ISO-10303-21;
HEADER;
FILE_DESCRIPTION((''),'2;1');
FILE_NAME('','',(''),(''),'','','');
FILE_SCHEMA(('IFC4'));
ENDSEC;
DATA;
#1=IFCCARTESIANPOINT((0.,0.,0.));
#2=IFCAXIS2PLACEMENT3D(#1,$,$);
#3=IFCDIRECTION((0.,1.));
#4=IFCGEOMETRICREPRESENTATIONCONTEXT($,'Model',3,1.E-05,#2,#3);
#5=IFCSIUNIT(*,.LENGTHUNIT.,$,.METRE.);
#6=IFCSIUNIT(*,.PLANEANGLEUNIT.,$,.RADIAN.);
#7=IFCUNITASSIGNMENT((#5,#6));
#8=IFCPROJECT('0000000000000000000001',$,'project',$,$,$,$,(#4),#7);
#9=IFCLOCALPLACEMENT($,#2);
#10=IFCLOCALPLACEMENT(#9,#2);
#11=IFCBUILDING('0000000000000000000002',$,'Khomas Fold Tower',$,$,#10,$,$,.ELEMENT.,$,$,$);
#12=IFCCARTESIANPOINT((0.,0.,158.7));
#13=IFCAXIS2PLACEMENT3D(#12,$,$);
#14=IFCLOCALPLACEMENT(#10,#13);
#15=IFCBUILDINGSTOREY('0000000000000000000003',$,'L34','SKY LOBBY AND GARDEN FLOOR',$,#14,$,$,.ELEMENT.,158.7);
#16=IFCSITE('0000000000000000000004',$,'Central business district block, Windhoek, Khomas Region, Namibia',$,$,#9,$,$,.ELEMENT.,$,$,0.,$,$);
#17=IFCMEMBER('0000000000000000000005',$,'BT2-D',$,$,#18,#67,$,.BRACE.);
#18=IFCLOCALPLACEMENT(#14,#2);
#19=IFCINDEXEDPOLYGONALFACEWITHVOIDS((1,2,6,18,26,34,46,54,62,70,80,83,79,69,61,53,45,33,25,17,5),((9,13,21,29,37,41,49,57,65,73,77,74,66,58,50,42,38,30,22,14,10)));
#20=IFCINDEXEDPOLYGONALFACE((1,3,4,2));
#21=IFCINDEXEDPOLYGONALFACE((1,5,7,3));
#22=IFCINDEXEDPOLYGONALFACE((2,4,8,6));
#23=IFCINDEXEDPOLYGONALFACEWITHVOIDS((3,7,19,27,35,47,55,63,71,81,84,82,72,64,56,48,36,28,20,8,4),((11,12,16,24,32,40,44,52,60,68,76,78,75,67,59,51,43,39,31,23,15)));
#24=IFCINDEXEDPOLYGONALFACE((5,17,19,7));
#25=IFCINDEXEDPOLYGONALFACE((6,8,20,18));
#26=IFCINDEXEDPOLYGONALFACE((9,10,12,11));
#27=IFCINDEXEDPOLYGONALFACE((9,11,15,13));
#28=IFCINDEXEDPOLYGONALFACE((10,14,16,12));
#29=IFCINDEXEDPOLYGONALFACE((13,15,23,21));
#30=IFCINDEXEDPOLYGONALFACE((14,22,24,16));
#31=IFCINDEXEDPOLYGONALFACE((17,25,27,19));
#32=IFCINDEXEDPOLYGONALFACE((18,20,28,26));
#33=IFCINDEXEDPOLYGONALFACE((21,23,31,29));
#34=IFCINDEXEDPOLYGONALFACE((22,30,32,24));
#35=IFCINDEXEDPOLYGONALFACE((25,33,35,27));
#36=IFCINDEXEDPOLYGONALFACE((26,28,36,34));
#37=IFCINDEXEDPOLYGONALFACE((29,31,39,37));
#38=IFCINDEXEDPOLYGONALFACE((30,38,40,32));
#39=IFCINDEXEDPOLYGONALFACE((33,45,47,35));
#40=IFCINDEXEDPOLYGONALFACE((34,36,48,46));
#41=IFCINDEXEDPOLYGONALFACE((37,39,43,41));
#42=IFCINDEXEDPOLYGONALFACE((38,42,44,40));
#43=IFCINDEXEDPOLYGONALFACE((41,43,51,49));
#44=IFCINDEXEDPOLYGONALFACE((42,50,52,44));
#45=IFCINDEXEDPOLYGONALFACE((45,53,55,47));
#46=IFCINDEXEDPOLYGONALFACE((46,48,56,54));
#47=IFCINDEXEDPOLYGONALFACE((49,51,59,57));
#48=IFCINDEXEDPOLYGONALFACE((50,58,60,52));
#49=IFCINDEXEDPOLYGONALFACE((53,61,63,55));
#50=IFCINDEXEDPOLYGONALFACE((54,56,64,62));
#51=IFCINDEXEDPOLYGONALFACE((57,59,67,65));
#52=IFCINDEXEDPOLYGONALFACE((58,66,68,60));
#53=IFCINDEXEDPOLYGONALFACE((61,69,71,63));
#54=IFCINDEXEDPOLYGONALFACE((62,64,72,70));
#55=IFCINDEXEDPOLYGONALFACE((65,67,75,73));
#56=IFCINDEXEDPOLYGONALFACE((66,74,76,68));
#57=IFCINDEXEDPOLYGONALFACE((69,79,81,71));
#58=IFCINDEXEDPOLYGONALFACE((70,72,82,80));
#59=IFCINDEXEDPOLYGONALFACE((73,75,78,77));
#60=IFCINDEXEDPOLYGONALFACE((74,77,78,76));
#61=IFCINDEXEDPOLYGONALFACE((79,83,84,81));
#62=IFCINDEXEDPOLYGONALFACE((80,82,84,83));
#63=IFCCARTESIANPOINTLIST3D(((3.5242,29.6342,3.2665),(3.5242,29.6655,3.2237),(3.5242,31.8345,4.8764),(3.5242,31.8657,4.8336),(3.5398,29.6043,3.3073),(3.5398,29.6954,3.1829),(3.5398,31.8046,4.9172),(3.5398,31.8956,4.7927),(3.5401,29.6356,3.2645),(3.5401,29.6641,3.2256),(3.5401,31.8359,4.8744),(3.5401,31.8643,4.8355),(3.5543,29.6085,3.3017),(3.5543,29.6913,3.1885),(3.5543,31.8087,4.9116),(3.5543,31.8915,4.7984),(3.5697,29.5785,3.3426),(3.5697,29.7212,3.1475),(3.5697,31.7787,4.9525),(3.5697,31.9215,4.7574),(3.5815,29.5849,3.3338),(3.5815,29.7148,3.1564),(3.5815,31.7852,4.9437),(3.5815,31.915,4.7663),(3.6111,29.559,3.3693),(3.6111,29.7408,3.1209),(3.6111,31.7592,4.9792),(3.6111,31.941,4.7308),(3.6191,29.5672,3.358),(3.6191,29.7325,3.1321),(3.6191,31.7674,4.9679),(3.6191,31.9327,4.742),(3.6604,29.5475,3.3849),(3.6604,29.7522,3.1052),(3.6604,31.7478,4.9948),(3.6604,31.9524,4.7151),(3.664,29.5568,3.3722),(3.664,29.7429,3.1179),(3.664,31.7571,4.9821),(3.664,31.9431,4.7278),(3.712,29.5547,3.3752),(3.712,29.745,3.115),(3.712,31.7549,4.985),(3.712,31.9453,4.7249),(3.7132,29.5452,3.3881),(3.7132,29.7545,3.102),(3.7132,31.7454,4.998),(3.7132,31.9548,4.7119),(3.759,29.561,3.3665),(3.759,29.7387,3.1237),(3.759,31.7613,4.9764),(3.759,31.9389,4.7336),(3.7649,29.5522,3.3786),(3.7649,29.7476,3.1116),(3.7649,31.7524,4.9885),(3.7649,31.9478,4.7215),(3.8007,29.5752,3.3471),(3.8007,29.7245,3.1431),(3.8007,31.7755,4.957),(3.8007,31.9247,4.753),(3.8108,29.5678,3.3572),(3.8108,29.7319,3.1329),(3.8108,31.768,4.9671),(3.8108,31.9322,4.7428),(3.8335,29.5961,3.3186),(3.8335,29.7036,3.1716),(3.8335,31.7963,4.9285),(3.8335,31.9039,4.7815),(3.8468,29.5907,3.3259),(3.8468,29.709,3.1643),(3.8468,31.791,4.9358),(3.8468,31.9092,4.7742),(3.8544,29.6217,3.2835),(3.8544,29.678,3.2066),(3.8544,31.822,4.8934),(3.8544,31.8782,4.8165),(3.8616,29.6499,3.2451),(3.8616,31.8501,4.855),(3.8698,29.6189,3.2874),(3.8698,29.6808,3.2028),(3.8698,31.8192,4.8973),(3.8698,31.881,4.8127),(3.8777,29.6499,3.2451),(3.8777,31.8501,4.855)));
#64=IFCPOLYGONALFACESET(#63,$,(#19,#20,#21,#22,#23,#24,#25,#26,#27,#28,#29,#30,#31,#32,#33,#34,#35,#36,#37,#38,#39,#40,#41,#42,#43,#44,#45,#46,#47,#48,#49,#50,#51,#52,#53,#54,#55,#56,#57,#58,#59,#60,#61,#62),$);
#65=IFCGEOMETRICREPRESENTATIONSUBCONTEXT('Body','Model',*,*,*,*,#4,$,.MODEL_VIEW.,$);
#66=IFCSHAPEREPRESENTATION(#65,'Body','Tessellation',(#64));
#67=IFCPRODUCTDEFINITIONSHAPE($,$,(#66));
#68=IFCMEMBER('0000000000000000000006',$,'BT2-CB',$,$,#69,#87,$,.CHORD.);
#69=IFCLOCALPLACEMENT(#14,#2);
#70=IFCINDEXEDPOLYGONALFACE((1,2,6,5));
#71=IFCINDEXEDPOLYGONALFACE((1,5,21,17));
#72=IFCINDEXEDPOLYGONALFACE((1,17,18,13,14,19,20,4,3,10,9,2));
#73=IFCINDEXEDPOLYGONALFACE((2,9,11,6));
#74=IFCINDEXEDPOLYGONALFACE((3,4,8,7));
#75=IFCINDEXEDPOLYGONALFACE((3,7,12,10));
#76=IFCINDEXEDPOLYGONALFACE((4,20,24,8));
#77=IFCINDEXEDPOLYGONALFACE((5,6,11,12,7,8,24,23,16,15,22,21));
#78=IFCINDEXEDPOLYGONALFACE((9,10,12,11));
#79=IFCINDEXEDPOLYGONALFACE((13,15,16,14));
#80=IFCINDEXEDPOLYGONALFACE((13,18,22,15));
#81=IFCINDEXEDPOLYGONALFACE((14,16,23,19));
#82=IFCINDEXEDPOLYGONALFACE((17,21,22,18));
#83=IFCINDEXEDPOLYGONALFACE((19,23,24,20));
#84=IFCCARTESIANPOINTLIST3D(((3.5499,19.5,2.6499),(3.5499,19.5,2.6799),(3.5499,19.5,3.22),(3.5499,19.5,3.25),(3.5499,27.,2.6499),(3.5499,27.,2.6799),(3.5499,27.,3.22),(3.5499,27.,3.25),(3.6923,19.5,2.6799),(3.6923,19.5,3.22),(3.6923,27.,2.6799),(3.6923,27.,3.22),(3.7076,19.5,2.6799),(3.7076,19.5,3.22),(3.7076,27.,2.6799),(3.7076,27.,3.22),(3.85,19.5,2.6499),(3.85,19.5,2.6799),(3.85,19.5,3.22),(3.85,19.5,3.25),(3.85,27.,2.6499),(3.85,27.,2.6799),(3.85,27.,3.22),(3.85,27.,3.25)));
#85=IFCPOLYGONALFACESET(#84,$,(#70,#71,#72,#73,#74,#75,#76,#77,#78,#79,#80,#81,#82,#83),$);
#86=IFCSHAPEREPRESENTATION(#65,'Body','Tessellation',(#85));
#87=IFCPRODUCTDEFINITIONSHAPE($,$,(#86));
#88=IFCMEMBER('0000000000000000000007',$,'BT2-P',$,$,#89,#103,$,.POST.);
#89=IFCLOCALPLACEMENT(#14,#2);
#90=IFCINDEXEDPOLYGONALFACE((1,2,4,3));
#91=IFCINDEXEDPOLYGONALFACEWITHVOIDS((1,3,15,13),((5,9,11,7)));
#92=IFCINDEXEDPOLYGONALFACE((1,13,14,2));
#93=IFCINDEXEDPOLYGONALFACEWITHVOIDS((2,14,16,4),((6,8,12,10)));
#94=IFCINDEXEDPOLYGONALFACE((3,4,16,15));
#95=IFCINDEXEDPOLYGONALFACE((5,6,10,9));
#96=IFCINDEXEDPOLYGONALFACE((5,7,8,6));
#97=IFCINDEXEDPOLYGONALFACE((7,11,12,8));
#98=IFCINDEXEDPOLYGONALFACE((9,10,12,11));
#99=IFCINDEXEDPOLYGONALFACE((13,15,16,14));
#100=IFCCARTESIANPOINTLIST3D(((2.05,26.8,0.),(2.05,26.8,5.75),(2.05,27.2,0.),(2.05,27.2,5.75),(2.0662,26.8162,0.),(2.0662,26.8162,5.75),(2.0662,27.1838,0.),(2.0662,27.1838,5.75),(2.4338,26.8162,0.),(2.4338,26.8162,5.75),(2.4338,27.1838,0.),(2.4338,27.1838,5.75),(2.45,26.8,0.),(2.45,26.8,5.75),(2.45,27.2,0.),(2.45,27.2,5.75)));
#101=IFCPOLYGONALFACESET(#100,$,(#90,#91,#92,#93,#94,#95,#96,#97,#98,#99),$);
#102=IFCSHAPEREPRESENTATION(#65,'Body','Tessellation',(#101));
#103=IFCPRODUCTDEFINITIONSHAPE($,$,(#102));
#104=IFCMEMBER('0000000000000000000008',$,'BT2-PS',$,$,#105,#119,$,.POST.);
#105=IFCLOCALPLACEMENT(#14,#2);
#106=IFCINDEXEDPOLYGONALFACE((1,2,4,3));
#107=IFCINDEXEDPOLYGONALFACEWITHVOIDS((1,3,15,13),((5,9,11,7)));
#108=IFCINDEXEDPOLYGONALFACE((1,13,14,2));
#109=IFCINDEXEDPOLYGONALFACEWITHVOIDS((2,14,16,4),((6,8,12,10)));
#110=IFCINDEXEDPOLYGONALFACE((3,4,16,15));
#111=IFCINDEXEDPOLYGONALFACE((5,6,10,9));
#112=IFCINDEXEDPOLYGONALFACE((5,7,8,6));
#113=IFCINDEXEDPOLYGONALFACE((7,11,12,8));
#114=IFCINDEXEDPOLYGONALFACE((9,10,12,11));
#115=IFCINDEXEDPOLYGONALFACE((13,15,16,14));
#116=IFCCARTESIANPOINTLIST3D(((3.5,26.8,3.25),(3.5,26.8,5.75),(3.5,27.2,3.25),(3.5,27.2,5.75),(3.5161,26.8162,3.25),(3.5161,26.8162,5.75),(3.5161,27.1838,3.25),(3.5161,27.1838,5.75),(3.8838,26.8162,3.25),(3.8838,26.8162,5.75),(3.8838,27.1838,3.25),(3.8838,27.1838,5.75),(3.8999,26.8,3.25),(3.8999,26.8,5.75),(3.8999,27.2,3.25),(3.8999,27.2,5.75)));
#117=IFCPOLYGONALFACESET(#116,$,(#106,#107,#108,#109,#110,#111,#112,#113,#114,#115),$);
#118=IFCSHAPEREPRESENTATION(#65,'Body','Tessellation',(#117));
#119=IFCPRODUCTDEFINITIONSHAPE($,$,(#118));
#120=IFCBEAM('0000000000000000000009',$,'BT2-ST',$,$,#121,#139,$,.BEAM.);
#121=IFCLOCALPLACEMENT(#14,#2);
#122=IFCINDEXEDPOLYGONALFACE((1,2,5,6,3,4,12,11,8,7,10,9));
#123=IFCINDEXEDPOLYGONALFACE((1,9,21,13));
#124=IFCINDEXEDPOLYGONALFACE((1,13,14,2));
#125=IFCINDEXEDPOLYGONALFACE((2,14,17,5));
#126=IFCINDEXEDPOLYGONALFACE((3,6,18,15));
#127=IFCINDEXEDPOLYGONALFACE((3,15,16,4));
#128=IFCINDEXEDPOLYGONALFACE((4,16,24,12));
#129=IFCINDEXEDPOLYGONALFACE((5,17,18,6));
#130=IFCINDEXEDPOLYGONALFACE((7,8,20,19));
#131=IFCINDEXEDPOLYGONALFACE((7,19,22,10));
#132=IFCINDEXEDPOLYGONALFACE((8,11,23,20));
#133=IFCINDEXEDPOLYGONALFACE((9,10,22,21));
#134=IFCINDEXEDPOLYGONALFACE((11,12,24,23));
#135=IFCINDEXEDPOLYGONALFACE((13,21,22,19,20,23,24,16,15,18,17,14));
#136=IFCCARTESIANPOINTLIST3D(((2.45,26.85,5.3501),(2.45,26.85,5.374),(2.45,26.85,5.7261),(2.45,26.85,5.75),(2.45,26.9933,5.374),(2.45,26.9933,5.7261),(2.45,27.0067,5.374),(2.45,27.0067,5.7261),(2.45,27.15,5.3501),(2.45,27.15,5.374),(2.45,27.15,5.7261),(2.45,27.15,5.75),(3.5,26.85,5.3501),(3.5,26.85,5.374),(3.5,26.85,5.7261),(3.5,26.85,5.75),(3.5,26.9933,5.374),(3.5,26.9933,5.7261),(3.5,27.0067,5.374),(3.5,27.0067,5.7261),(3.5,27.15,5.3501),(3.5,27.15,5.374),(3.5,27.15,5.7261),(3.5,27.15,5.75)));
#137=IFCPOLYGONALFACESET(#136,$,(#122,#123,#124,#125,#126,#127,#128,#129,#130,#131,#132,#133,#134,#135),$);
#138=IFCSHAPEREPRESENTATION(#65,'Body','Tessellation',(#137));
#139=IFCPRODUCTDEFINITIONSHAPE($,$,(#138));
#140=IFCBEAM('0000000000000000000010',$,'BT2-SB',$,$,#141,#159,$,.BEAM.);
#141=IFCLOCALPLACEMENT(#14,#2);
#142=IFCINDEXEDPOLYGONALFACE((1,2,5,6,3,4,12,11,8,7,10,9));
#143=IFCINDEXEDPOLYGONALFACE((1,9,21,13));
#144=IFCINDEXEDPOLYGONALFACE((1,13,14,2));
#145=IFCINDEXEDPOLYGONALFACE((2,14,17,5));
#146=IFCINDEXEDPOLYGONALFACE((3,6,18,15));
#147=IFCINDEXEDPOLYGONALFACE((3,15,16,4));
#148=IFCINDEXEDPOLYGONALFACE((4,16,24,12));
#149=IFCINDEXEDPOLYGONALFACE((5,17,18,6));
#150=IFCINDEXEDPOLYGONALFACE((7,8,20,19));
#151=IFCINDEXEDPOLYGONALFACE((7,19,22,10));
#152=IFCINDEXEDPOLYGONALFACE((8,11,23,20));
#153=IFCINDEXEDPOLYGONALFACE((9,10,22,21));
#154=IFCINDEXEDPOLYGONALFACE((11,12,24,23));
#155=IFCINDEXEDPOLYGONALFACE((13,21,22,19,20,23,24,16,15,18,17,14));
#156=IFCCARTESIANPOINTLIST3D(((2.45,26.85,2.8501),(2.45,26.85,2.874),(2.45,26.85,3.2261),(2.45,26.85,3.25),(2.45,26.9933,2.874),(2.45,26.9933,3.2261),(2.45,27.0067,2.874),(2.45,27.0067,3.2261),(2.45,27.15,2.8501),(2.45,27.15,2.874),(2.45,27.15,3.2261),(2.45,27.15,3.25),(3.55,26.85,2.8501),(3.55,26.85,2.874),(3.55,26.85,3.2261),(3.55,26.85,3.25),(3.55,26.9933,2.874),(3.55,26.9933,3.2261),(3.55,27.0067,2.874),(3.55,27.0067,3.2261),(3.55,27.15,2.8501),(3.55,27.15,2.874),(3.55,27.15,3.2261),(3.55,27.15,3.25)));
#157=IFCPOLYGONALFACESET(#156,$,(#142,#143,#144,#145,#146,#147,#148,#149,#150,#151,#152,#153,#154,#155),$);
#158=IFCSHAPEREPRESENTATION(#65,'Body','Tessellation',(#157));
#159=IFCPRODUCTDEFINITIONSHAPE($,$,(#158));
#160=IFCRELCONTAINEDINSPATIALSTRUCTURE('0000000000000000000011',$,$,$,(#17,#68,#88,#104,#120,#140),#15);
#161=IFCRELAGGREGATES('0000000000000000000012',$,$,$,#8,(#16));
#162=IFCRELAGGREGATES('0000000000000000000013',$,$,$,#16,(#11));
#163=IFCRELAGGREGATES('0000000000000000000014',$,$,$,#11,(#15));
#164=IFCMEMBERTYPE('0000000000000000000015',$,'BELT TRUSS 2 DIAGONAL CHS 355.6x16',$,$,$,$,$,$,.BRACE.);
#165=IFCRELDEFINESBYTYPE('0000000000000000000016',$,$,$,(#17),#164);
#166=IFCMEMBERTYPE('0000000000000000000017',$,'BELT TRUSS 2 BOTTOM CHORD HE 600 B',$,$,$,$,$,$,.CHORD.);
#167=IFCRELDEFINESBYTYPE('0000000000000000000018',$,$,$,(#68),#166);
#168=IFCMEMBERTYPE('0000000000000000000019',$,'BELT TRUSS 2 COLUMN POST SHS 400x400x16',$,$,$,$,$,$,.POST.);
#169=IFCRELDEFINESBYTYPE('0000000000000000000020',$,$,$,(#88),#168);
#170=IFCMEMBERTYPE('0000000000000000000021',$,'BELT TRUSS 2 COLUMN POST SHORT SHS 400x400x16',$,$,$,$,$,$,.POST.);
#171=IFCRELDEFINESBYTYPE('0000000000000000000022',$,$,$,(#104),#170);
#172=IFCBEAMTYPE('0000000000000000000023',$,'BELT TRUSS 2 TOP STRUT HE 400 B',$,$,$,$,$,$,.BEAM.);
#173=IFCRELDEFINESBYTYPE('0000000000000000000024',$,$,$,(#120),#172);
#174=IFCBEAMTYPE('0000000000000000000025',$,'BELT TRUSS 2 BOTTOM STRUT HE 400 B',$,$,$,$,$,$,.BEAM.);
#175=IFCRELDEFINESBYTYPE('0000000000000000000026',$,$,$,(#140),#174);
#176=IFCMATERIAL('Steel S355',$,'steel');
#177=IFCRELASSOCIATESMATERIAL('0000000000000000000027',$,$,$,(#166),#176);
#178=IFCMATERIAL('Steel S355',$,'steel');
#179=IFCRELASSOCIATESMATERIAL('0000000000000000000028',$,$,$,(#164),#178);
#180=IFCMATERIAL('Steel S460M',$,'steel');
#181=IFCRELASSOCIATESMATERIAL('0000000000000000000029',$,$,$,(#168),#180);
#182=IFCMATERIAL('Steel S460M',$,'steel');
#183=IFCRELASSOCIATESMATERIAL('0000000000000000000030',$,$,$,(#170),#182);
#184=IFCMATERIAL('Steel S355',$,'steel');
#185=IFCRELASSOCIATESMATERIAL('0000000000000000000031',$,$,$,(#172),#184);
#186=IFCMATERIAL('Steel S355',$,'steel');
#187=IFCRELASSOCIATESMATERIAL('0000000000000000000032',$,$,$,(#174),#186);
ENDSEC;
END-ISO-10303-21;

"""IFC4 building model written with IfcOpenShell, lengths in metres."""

from ifc_helpers import new_model, si_unit, direction, frame, origin, origin_2d, place, context, subcontext, project, spatial, hollow_rectangle, hollow_circle, i_section, extrude, source, transform, mapped, material, material_profile, profile_set, type_object, element, save


model = new_model("IFC4")

# Units and contexts
model_context = context("Model", 3, precision=1e-05, world=origin(), true_north=direction((0.0, 1.0)))
body_context = subcontext(model_context, "Body", "Model", "MODEL_VIEW")
ifc_project = project(units=[si_unit("LENGTHUNIT", "METRE"), si_unit("PLANEANGLEUNIT", "RADIAN")], contexts=[model_context])

# Site, building, storey
site_placement = place(None, origin())
site = spatial("IfcSite", under=ifc_project, at=site_placement, Name="Central business district block, Windhoek, Khomas Region, Namibia", CompositionType="ELEMENT", RefElevation=0.0)
building_placement = place(site_placement, origin())
building = spatial("IfcBuilding", under=site, at=building_placement, Name="Khomas Fold Tower", CompositionType="ELEMENT")
storey_placement = place(building_placement, frame((0.0, 0.0, 158.7)))
storey = spatial("IfcBuildingStorey", under=building, at=storey_placement, Name="L34", Description="SKY LOBBY AND GARDEN FLOOR", CompositionType="ELEMENT", Elevation=158.7)

# Members
ifc_material_1 = material(Name="Steel S355", Category="steel")
ifc_material_profile_1 = material_profile(ifc_material_1, i_section(OverallWidth=0.3, OverallDepth=0.6001, WebThickness=0.0154, FlangeThickness=0.03, at=origin_2d()), Name="HE 600 B")
ifc_profile_set_1 = profile_set([ifc_material_profile_1], Name="Steel S355")
member_type_1 = type_object("IfcMemberType", Name="BELT TRUSS 2 BOTTOM CHORD HE 600 B", PredefinedType="CHORD", material=ifc_profile_set_1)
ifc_material_2 = material(Name="Steel S355", Category="steel")
ifc_material_profile_2 = material_profile(ifc_material_2, hollow_circle(Radius=0.1777, WallThickness=0.0161, at=origin_2d()), Name="CHS 355.6x16")
ifc_profile_set_2 = profile_set([ifc_material_profile_2], Name="Steel S355")
member_type_2 = type_object("IfcMemberType", Name="BELT TRUSS 2 DIAGONAL CHS 355.6x16", PredefinedType="BRACE", material=ifc_profile_set_2)
shared_shape_1 = source(origin(), body_context, "Body", "SweptSolid", [
    extrude(hollow_circle(Radius=0.1777, WallThickness=0.0161, at=origin_2d()), origin(), (0.0, 0.0, 1.0), 2.7263),
])
for number, where, z_axis, x_axis, name in (
    (1, (3.7, 31.8501, 4.855), (0.0, -0.807037, -0.590501), (1.0, 0.0, 0.0), "BT2-D"),
):
    element("IfcMember", number, at=place(storey_placement, frame(where, z_axis=z_axis, x_axis=x_axis)), inside=storey, type_object=member_type_2, Name=name, PredefinedType="BRACE", context=body_context, shape_type="MappedRepresentation", body=[
        mapped(shared_shape_1, transform((0.0, 0.0, 0.0))),
    ])
shared_shape_2 = source(origin(), body_context, "Body", "SweptSolid", [
    extrude(i_section(OverallWidth=0.3, OverallDepth=0.6001, WebThickness=0.0154, FlangeThickness=0.03, at=origin_2d()), origin(), (0.0, 0.0, 1.0), 7.5),
])
member_1_placement = place(storey_placement, frame((3.7, 27.0, 2.95), z_axis=(0.0, -1.0, 0.0), x_axis=(1.0, 0.0, 0.0)))
element("IfcMember", 2, at=member_1_placement, inside=storey, type_object=member_type_1, Name="BT2-CB", PredefinedType="CHORD", context=body_context, shape_type="MappedRepresentation", body=[
    mapped(shared_shape_2, transform((0.0, 0.0, 0.0))),
])
ifc_material_3 = material(Name="Steel S460M", Category="steel")
ifc_material_profile_3 = material_profile(ifc_material_3, hollow_rectangle(XDim=0.3999, YDim=0.3999, WallThickness=0.0161, at=origin_2d()), Name="SHS 400x400x16")
ifc_profile_set_3 = profile_set([ifc_material_profile_3], Name="Steel S460M")
member_type_3 = type_object("IfcMemberType", Name="BELT TRUSS 2 COLUMN POST SHS 400x400x16", PredefinedType="POST", material=ifc_profile_set_3)
shared_shape_3 = source(origin(), body_context, "Body", "SweptSolid", [
    extrude(hollow_rectangle(XDim=0.3999, YDim=0.3999, WallThickness=0.0161, at=origin_2d()), origin(), (0.0, 0.0, 1.0), 5.75),
])
member_2_placement = place(storey_placement, frame((2.25, 27.0, 0.0), z_axis=(0.0, 0.0, 1.0), x_axis=(1.0, 0.0, 0.0)))
element("IfcMember", 3, at=member_2_placement, inside=storey, type_object=member_type_3, Name="BT2-P", PredefinedType="POST", context=body_context, shape_type="MappedRepresentation", body=[
    mapped(shared_shape_3, transform((0.0, 0.0, 0.0))),
])
ifc_material_4 = material(Name="Steel S460M", Category="steel")
ifc_material_profile_4 = material_profile(ifc_material_4, hollow_rectangle(XDim=0.3999, YDim=0.3999, WallThickness=0.0161, at=origin_2d()), Name="SHS 400x400x16")
ifc_profile_set_4 = profile_set([ifc_material_profile_4], Name="Steel S460M")
member_type_4 = type_object("IfcMemberType", Name="BELT TRUSS 2 COLUMN POST SHORT SHS 400x400x16", PredefinedType="POST", material=ifc_profile_set_4)
shared_shape_4 = source(origin(), body_context, "Body", "SweptSolid", [
    extrude(hollow_rectangle(XDim=0.3999, YDim=0.3999, WallThickness=0.0161, at=origin_2d()), origin(), (0.0, 0.0, 1.0), 2.5),
])
member_3_placement = place(storey_placement, frame((3.7, 27.0, 3.25), z_axis=(0.0, 0.0, 1.0), x_axis=(1.0, 0.0, 0.0)))
element("IfcMember", 4, at=member_3_placement, inside=storey, type_object=member_type_4, Name="BT2-PS", PredefinedType="POST", context=body_context, shape_type="MappedRepresentation", body=[
    mapped(shared_shape_4, transform((0.0, 0.0, 0.0))),
])

# Beams
ifc_material_5 = material(Name="Steel S355", Category="steel")
ifc_material_profile_5 = material_profile(ifc_material_5, i_section(OverallWidth=0.3, OverallDepth=0.3999, WebThickness=0.0134, FlangeThickness=0.0239, at=origin_2d()), Name="HE 400 B")
ifc_profile_set_5 = profile_set([ifc_material_profile_5], Name="Steel S355")
beam_type_1 = type_object("IfcBeamType", Name="BELT TRUSS 2 TOP STRUT HE 400 B", PredefinedType="BEAM", material=ifc_profile_set_5)
shared_shape_5 = source(origin(), body_context, "Body", "SweptSolid", [
    extrude(i_section(OverallWidth=0.3, OverallDepth=0.3999, WebThickness=0.0134, FlangeThickness=0.0239, at=origin_2d()), origin(), (0.0, 0.0, 1.0), 1.05),
])
beam_1_placement = place(storey_placement, frame((3.5, 27.0, 5.55), z_axis=(-1.0, 0.0, 0.0), x_axis=(0.0, -1.0, 0.0)))
element("IfcBeam", 5, at=beam_1_placement, inside=storey, type_object=beam_type_1, Name="BT2-ST", PredefinedType="BEAM", context=body_context, shape_type="MappedRepresentation", body=[
    mapped(shared_shape_5, transform((0.0, 0.0, 0.0))),
])
ifc_material_6 = material(Name="Steel S355", Category="steel")
ifc_material_profile_6 = material_profile(ifc_material_6, i_section(OverallWidth=0.3, OverallDepth=0.3999, WebThickness=0.0134, FlangeThickness=0.0239, at=origin_2d()), Name="HE 400 B")
ifc_profile_set_6 = profile_set([ifc_material_profile_6], Name="Steel S355")
beam_type_2 = type_object("IfcBeamType", Name="BELT TRUSS 2 BOTTOM STRUT HE 400 B", PredefinedType="BEAM", material=ifc_profile_set_6)
shared_shape_6 = source(origin(), body_context, "Body", "SweptSolid", [
    extrude(i_section(OverallWidth=0.3, OverallDepth=0.3999, WebThickness=0.0134, FlangeThickness=0.0239, at=origin_2d()), origin(), (0.0, 0.0, 1.0), 1.1001),
])
beam_2_placement = place(storey_placement, frame((3.55, 27.0, 3.05), z_axis=(-1.0, 0.0, 0.0), x_axis=(0.0, -1.0, 0.0)))
element("IfcBeam", 6, at=beam_2_placement, inside=storey, type_object=beam_type_2, Name="BT2-SB", PredefinedType="BEAM", context=body_context, shape_type="MappedRepresentation", body=[
    mapped(shared_shape_6, transform((0.0, 0.0, 0.0))),
])

save(model, "model.ifc")
